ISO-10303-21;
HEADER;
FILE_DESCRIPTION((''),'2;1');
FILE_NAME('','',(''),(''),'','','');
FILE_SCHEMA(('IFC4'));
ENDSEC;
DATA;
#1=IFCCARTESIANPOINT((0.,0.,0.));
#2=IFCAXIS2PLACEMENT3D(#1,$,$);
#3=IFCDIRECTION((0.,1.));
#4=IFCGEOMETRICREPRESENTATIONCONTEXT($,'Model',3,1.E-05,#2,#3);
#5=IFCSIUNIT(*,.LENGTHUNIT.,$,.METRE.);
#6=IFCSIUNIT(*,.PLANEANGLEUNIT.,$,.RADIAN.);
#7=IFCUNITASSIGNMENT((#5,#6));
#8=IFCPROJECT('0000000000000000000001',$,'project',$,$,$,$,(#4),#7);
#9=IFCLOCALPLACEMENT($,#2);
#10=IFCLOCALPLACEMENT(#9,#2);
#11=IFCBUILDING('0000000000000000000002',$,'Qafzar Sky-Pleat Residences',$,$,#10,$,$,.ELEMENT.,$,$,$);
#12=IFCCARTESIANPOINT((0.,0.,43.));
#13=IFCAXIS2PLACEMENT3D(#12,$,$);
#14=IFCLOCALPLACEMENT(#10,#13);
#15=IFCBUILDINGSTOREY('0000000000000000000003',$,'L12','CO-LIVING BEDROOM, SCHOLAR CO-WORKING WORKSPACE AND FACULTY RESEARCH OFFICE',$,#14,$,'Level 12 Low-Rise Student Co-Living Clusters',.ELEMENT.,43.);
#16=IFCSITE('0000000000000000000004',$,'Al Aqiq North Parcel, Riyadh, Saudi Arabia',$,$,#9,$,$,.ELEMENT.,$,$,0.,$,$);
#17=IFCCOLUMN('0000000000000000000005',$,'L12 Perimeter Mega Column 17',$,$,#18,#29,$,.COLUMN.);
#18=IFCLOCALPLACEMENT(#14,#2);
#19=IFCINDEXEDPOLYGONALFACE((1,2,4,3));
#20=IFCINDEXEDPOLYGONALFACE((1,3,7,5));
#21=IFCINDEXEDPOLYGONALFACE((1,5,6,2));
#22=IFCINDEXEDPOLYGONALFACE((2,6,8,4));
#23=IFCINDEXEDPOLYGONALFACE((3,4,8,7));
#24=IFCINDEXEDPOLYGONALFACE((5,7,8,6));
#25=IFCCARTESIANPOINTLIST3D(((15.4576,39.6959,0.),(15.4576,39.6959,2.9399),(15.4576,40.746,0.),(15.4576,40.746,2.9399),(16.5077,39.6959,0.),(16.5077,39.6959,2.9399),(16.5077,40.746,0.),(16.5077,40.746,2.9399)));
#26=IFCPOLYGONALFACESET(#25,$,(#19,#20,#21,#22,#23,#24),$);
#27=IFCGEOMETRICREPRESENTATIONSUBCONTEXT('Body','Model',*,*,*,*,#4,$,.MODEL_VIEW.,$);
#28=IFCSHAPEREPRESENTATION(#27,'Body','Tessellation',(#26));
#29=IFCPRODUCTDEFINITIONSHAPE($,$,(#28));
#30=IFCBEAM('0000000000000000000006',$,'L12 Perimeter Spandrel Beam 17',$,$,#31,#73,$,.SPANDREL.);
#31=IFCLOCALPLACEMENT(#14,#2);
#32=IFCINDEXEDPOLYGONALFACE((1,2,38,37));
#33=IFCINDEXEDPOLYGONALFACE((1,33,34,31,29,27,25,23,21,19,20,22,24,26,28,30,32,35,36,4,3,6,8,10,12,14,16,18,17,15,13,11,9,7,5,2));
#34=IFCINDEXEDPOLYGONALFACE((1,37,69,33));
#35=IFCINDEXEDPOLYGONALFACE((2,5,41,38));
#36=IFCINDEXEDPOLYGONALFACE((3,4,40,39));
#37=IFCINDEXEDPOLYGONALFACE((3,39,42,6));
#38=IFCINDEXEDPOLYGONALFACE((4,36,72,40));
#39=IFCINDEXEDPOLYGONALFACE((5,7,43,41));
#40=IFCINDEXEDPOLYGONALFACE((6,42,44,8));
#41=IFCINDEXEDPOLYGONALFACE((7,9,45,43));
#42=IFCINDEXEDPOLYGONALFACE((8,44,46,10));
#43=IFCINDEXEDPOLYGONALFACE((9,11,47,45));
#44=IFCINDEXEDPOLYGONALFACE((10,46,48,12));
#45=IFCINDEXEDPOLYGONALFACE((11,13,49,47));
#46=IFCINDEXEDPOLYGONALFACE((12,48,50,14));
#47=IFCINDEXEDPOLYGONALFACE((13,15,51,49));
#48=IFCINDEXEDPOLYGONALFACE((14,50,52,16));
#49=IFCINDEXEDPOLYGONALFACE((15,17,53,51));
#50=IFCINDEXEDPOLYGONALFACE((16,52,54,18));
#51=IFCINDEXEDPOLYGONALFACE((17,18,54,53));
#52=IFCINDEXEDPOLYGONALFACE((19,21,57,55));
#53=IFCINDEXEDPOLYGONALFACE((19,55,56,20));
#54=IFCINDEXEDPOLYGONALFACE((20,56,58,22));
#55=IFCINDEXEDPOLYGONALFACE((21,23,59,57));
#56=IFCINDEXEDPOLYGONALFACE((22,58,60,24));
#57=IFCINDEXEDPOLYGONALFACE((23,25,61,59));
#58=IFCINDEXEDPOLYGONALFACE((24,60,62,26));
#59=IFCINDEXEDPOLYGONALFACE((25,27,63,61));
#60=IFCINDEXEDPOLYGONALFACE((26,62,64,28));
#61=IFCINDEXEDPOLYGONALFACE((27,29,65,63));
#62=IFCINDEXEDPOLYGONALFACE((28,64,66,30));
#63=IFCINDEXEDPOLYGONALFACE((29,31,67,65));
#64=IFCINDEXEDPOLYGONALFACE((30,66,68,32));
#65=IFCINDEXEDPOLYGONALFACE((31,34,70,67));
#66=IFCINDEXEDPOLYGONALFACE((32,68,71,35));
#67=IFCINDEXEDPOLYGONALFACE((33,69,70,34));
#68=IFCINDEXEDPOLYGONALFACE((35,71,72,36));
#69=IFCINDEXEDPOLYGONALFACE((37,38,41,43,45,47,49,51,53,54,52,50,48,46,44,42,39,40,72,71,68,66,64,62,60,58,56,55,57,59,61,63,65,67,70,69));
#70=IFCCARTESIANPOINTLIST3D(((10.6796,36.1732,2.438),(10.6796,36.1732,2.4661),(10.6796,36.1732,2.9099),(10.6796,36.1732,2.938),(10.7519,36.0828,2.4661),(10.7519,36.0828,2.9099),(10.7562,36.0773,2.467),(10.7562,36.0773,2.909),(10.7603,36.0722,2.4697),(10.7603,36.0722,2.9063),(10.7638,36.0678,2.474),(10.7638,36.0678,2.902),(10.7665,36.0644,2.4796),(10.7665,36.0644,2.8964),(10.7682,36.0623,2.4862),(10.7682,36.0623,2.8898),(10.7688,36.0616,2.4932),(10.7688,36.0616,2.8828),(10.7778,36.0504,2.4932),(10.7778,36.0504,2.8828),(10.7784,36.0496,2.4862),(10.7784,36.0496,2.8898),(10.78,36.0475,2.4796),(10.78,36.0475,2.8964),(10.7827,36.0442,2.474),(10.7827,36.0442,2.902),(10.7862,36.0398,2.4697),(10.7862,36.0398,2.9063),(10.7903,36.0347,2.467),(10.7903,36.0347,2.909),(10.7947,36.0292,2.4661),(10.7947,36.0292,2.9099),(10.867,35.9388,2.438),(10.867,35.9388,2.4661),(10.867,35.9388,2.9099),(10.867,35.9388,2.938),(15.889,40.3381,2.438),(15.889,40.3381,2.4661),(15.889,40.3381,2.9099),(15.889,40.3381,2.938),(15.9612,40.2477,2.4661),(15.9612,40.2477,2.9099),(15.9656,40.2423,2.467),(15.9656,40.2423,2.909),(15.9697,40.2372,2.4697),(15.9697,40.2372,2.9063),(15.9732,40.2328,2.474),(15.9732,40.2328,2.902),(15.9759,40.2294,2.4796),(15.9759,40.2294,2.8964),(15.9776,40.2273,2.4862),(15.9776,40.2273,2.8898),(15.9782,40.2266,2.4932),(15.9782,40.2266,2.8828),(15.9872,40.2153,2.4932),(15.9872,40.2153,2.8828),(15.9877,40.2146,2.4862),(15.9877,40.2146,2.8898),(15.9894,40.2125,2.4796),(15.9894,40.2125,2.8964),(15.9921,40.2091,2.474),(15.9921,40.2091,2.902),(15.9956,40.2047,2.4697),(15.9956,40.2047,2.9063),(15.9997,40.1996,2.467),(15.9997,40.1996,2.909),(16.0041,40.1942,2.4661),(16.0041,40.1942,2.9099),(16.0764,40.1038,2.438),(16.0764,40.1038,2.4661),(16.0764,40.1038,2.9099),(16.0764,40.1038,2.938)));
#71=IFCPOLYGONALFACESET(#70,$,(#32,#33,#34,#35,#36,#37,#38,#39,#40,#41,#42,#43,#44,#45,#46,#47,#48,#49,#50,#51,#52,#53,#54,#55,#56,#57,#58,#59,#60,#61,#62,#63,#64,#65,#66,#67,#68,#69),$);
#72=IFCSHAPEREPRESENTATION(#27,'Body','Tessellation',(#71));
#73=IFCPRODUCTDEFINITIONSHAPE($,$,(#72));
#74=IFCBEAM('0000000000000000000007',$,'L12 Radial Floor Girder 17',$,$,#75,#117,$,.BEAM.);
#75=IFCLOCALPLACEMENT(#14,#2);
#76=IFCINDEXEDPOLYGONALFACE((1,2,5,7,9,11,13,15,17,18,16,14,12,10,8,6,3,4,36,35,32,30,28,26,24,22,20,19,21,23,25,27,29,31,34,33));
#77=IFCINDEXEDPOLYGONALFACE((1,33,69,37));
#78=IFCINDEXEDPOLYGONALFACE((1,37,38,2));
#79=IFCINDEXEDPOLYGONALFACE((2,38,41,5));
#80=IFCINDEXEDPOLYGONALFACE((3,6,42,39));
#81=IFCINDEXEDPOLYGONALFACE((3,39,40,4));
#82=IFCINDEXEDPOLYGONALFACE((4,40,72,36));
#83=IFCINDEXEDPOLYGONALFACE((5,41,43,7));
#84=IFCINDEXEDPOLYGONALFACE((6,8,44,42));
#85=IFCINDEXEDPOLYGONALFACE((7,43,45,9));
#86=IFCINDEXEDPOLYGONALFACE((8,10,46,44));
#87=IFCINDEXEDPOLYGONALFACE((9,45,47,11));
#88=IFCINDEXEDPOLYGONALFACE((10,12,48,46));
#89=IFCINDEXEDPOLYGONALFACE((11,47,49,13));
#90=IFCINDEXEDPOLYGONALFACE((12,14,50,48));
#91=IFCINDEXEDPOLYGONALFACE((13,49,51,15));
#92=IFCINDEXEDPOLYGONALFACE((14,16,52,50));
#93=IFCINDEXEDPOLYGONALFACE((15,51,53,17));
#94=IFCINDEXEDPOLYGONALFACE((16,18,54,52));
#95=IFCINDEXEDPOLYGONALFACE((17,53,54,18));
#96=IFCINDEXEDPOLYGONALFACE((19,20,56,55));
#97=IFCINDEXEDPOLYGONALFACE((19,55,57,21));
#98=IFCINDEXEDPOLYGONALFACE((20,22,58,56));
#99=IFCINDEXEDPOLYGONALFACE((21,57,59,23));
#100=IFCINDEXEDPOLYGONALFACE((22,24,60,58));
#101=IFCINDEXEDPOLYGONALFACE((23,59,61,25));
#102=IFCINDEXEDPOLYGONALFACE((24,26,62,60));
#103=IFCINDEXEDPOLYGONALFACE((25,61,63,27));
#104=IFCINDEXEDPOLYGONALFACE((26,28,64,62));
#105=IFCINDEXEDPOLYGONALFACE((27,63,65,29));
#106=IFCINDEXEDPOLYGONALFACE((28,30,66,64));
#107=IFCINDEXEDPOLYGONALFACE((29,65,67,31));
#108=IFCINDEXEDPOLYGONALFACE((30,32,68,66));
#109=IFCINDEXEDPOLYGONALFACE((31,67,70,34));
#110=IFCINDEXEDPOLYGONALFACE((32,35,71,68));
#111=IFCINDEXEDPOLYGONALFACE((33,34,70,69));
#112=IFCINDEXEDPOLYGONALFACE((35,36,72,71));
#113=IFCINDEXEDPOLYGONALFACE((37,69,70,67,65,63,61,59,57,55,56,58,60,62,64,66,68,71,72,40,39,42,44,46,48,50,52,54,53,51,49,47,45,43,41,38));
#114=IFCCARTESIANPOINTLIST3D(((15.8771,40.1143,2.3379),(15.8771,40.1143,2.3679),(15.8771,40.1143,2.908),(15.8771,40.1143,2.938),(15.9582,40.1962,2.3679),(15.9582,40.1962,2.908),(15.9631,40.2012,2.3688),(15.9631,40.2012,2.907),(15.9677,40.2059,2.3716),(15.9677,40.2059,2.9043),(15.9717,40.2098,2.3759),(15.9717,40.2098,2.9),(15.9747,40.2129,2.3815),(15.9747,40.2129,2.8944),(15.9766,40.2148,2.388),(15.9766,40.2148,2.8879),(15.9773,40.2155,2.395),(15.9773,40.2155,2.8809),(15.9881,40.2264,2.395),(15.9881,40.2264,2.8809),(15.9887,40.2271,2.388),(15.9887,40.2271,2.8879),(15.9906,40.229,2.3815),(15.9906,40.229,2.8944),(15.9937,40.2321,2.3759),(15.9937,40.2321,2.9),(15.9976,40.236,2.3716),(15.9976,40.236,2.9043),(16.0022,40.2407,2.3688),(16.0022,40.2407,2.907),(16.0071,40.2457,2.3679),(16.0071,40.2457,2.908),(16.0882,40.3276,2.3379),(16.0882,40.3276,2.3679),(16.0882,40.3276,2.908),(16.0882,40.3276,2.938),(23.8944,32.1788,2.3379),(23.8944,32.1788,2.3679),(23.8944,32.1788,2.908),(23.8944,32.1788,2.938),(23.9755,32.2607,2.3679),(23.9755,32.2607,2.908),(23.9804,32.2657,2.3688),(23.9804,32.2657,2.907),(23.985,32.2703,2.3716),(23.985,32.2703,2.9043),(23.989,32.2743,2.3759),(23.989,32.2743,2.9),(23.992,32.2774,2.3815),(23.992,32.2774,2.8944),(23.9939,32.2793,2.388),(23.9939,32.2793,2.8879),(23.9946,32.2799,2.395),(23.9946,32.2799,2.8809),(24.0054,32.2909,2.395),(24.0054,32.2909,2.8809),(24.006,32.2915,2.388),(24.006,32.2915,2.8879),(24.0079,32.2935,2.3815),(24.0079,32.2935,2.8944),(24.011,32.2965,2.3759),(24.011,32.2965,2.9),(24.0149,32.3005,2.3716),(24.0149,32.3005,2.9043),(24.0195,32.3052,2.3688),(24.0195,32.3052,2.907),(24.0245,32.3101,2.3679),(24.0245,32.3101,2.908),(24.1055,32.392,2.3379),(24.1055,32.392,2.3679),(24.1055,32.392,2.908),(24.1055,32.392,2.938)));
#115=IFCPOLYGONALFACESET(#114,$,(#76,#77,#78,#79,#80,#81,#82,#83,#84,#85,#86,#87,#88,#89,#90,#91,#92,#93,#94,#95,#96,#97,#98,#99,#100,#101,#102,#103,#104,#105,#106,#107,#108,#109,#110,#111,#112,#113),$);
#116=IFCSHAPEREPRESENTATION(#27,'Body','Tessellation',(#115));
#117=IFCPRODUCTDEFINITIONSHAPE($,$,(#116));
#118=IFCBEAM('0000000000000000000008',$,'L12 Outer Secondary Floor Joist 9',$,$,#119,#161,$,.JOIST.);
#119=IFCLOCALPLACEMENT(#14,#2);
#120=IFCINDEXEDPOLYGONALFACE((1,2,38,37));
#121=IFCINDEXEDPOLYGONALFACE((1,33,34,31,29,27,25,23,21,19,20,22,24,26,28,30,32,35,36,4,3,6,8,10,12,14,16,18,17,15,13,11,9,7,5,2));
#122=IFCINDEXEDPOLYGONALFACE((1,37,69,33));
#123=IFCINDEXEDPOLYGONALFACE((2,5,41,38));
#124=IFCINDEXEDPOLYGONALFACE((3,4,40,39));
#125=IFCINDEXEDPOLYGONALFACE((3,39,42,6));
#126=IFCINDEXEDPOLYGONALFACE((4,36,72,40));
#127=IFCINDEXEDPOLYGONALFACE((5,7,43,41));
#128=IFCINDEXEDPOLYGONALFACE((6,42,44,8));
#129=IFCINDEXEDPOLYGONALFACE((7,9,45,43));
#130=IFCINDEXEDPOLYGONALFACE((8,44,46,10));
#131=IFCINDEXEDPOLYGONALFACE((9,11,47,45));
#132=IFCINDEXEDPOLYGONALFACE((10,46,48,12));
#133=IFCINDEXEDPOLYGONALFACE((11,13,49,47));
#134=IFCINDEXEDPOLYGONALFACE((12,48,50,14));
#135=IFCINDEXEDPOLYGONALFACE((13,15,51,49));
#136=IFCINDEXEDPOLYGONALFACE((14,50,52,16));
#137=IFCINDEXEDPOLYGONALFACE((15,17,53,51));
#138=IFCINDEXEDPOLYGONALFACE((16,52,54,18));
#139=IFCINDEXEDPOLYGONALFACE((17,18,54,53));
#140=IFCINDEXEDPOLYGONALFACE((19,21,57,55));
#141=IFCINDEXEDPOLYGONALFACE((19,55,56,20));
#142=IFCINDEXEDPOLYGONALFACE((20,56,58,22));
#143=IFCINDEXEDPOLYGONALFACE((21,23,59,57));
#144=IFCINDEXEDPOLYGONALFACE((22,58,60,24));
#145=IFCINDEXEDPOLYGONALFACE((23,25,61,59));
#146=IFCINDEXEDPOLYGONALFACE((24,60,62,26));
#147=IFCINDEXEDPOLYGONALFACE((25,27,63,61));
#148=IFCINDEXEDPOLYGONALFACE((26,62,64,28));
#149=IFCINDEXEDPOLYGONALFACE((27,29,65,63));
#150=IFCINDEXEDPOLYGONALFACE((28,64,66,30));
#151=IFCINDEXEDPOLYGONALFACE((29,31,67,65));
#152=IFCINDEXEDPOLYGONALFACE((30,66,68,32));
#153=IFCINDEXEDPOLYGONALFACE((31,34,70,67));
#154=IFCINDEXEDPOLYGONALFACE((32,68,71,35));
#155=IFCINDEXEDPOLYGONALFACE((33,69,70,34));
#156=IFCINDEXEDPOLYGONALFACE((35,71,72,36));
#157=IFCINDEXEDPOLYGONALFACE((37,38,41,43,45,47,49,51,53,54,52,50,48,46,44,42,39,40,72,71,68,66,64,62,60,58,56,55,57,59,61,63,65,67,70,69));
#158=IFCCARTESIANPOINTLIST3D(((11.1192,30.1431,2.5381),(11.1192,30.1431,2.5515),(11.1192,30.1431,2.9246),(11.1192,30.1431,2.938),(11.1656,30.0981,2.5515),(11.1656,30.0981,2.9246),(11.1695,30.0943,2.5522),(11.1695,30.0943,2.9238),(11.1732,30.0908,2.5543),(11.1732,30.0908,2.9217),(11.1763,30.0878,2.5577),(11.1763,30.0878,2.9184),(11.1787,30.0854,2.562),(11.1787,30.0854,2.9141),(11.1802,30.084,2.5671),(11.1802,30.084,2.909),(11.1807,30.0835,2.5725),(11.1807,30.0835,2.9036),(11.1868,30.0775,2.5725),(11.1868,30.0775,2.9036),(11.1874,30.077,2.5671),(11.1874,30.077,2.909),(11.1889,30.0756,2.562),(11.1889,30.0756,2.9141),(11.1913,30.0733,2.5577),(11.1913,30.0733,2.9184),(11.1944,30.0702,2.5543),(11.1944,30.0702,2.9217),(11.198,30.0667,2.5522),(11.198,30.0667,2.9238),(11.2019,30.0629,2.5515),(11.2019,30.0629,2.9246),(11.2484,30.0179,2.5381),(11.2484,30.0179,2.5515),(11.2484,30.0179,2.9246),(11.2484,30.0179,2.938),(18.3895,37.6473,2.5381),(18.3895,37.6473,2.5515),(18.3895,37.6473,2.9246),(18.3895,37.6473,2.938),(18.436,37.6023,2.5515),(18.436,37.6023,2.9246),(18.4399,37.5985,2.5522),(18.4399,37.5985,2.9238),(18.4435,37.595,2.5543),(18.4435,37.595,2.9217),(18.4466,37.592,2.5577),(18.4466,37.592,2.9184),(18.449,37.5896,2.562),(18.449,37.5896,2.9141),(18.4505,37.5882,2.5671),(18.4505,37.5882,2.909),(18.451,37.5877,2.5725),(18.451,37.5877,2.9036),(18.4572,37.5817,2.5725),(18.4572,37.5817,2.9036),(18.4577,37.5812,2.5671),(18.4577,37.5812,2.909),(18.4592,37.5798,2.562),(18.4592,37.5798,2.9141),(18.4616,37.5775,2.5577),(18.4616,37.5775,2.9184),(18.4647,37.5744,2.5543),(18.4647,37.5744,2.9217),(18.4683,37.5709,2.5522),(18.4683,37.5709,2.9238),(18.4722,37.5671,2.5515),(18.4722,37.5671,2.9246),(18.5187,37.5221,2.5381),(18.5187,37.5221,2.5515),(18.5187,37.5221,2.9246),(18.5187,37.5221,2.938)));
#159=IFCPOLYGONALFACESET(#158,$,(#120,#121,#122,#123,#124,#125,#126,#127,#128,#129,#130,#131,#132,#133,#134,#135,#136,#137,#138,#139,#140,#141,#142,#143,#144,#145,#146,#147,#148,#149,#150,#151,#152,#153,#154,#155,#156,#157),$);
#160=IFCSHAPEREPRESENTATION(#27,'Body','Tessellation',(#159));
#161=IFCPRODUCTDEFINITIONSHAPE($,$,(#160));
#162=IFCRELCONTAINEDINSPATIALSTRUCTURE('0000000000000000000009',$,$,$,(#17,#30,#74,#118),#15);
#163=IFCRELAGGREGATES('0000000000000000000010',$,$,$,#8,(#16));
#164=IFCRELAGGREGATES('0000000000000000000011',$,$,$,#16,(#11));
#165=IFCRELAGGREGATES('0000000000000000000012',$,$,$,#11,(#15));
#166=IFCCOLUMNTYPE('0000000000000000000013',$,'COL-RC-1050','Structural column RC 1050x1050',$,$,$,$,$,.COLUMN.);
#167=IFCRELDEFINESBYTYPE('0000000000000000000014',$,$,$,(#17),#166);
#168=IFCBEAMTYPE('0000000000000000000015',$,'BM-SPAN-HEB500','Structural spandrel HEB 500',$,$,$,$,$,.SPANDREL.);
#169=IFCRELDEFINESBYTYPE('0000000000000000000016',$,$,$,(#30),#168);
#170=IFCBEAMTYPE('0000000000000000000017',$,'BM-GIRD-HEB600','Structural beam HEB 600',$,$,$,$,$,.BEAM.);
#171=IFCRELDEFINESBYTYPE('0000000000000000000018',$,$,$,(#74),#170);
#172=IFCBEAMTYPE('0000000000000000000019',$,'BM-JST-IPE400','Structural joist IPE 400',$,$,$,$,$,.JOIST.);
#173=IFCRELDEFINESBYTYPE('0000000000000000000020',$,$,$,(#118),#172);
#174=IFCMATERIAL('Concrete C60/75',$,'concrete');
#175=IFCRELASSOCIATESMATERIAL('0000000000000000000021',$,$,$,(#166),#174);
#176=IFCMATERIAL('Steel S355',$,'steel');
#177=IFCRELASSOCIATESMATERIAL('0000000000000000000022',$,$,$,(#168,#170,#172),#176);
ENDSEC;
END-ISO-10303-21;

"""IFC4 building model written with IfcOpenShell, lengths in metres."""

from ifc_helpers import new_model, si_unit, direction, frame, origin, origin_2d, place, context, subcontext, project, spatial, rectangle, i_section, extrude, source, transform, mapped, material, material_profile, profile_set, type_object, element, save


model = new_model("IFC4")

# Units and contexts
model_context = context("Model", 3, precision=1e-05, world=origin(), true_north=direction((0.0, 1.0)))
body_context = subcontext(model_context, "Body", "Model", "MODEL_VIEW")
ifc_project = project(units=[si_unit("LENGTHUNIT", "METRE"), si_unit("PLANEANGLEUNIT", "RADIAN")], contexts=[model_context])

# Site, building, storey
site_placement = place(None, origin())
site = spatial("IfcSite", under=ifc_project, at=site_placement, Name="Al Aqiq North Parcel, Riyadh, Saudi Arabia", CompositionType="ELEMENT", RefElevation=0.0)
building_placement = place(site_placement, origin())
building = spatial("IfcBuilding", under=site, at=building_placement, Name="Qafzar Sky-Pleat Residences", CompositionType="ELEMENT")
storey_placement = place(building_placement, frame((0.0, 0.0, 43.0)))
storey = spatial("IfcBuildingStorey", under=building, at=storey_placement, Name="L12", Description="CO-LIVING BEDROOM, SCHOLAR CO-WORKING WORKSPACE AND FACULTY RESEARCH OFFICE", LongName="Level 12 Low-Rise Student Co-Living Clusters", CompositionType="ELEMENT", Elevation=43.0)

# Column
ifc_material_1 = material(Name="Concrete C60/75", Category="concrete")
ifc_material_profile_1 = material_profile(ifc_material_1, rectangle(XDim=1.05, YDim=1.05, at=origin_2d()), Name="RC 1050x1050")
ifc_profile_set_1 = profile_set([ifc_material_profile_1], Name="Concrete C60/75")
column_type = type_object("IfcColumnType", Name="COL-RC-1050", Description="Structural column RC 1050x1050", PredefinedType="COLUMN", material=ifc_profile_set_1)
shared_shape_1 = source(origin(), body_context, "Body", "SweptSolid", [
    extrude(rectangle(XDim=1.05, YDim=1.05, at=origin_2d()), origin(), (0.0, 0.0, 1.0), 2.9399),
])
column_placement = place(storey_placement, frame((15.9827, 40.2209, 0.0), z_axis=(0.0, 0.0, 1.0), x_axis=(1.0, 0.0, 0.0)))
element("IfcColumn", 1, at=column_placement, inside=storey, type_object=column_type, Name="L12 Perimeter Mega Column 17", PredefinedType="COLUMN", context=body_context, shape_type="MappedRepresentation", body=[
    mapped(shared_shape_1, transform((0.0, 0.0, 0.0), x_axis=(1.0, 0.0, 0.0), y_axis=(0.0, 1.0, 0.0), z_axis=(0.0, 0.0, 1.0), scale=1.0)),
])

# Beams
ifc_material_2 = material(Name="Steel S355", Category="steel")
ifc_material_profile_2 = material_profile(ifc_material_2, i_section(OverallWidth=0.3, OverallDepth=0.5, WebThickness=0.0144, FlangeThickness=0.0281, FilletRadius=0.0271, at=origin_2d()), Name="HEB 500")
ifc_profile_set_2 = profile_set([ifc_material_profile_2], Name="Steel S355")
beam_type_1 = type_object("IfcBeamType", Name="BM-SPAN-HEB500", Description="Structural spandrel HEB 500", PredefinedType="SPANDREL", material=ifc_profile_set_2)
shared_shape_2 = source(origin(), body_context, "Body", "SweptSolid", [
    extrude(i_section(OverallWidth=0.3, OverallDepth=0.5, WebThickness=0.0144, FlangeThickness=0.0281, FilletRadius=0.0271, at=origin_2d()), origin(), (0.0, 0.0, 1.0), 6.6697),
])
beam_1_placement = place(storey_placement, frame((15.9827, 40.2209, 2.688), z_axis=(-0.781054, -0.624463, 0.0), x_axis=(0.624463, -0.781054, 0.0)))
element("IfcBeam", 2, at=beam_1_placement, inside=storey, type_object=beam_type_1, Name="L12 Perimeter Spandrel Beam 17", PredefinedType="SPANDREL", context=body_context, shape_type="MappedRepresentation", body=[
    mapped(shared_shape_2, transform((0.0, 0.0, 0.0), x_axis=(1.0, 0.0, 0.0), y_axis=(0.0, 1.0, 0.0), z_axis=(0.0, 0.0, 1.0), scale=1.0)),
])
ifc_material_profile_3 = material_profile(ifc_material_2, i_section(OverallWidth=0.3, OverallDepth=0.6001, WebThickness=0.0154, FlangeThickness=0.03, FilletRadius=0.0271, at=origin_2d()), Name="HEB 600")
ifc_profile_set_3 = profile_set([ifc_material_profile_3], Name="Steel S355")
beam_type_2 = type_object("IfcBeamType", Name="BM-GIRD-HEB600", Description="Structural beam HEB 600", PredefinedType="BEAM", material=ifc_profile_set_3)
shared_shape_3 = source(origin(), body_context, "Body", "SweptSolid", [
    extrude(i_section(OverallWidth=0.3, OverallDepth=0.6001, WebThickness=0.0154, FlangeThickness=0.03, FilletRadius=0.0271, at=origin_2d()), origin(), (0.0, 0.0, 1.0), 11.2805),
])
beam_2_placement = place(storey_placement, frame((15.9827, 40.2209, 2.6379), z_axis=(0.710723, -0.703472, 0.0), x_axis=(0.703472, 0.710723, 0.0)))
element("IfcBeam", 3, at=beam_2_placement, inside=storey, type_object=beam_type_2, Name="L12 Radial Floor Girder 17", PredefinedType="BEAM", context=body_context, shape_type="MappedRepresentation", body=[
    mapped(shared_shape_3, transform((0.0, 0.0, 0.0), x_axis=(1.0, 0.0, 0.0), y_axis=(0.0, 1.0, 0.0), z_axis=(0.0, 0.0, 1.0), scale=1.0)),
])
ifc_material_profile_4 = material_profile(ifc_material_2, i_section(OverallWidth=0.1799, OverallDepth=0.3999, WebThickness=0.0085, FlangeThickness=0.0134, FilletRadius=0.021, at=origin_2d()), Name="IPE 400")
ifc_profile_set_4 = profile_set([ifc_material_profile_4], Name="Steel S355")
beam_type_3 = type_object("IfcBeamType", Name="BM-JST-IPE400", Description="Structural joist IPE 400", PredefinedType="JOIST", material=ifc_profile_set_4)
shared_shape_4 = source(origin(), body_context, "Body", "SweptSolid", [
    extrude(i_section(OverallWidth=0.1799, OverallDepth=0.3999, WebThickness=0.0085, FlangeThickness=0.0134, FilletRadius=0.021, at=origin_2d()), origin(), (0.0, 0.0, 1.0), 10.4485),
])
beam_3_placement = place(storey_placement, frame((18.4541, 37.5847, 2.738), z_axis=(-0.695826, -0.718211, 0.0), x_axis=(0.718211, -0.695826, 0.0)))
element("IfcBeam", 4, at=beam_3_placement, inside=storey, type_object=beam_type_3, Name="L12 Outer Secondary Floor Joist 9", PredefinedType="JOIST", context=body_context, shape_type="MappedRepresentation", body=[
    mapped(shared_shape_4, transform((0.0, 0.0, 0.0), x_axis=(1.0, 0.0, 0.0), y_axis=(0.0, 1.0, 0.0), z_axis=(0.0, 0.0, 1.0), scale=1.0)),
])

save(model, "model.ifc")
